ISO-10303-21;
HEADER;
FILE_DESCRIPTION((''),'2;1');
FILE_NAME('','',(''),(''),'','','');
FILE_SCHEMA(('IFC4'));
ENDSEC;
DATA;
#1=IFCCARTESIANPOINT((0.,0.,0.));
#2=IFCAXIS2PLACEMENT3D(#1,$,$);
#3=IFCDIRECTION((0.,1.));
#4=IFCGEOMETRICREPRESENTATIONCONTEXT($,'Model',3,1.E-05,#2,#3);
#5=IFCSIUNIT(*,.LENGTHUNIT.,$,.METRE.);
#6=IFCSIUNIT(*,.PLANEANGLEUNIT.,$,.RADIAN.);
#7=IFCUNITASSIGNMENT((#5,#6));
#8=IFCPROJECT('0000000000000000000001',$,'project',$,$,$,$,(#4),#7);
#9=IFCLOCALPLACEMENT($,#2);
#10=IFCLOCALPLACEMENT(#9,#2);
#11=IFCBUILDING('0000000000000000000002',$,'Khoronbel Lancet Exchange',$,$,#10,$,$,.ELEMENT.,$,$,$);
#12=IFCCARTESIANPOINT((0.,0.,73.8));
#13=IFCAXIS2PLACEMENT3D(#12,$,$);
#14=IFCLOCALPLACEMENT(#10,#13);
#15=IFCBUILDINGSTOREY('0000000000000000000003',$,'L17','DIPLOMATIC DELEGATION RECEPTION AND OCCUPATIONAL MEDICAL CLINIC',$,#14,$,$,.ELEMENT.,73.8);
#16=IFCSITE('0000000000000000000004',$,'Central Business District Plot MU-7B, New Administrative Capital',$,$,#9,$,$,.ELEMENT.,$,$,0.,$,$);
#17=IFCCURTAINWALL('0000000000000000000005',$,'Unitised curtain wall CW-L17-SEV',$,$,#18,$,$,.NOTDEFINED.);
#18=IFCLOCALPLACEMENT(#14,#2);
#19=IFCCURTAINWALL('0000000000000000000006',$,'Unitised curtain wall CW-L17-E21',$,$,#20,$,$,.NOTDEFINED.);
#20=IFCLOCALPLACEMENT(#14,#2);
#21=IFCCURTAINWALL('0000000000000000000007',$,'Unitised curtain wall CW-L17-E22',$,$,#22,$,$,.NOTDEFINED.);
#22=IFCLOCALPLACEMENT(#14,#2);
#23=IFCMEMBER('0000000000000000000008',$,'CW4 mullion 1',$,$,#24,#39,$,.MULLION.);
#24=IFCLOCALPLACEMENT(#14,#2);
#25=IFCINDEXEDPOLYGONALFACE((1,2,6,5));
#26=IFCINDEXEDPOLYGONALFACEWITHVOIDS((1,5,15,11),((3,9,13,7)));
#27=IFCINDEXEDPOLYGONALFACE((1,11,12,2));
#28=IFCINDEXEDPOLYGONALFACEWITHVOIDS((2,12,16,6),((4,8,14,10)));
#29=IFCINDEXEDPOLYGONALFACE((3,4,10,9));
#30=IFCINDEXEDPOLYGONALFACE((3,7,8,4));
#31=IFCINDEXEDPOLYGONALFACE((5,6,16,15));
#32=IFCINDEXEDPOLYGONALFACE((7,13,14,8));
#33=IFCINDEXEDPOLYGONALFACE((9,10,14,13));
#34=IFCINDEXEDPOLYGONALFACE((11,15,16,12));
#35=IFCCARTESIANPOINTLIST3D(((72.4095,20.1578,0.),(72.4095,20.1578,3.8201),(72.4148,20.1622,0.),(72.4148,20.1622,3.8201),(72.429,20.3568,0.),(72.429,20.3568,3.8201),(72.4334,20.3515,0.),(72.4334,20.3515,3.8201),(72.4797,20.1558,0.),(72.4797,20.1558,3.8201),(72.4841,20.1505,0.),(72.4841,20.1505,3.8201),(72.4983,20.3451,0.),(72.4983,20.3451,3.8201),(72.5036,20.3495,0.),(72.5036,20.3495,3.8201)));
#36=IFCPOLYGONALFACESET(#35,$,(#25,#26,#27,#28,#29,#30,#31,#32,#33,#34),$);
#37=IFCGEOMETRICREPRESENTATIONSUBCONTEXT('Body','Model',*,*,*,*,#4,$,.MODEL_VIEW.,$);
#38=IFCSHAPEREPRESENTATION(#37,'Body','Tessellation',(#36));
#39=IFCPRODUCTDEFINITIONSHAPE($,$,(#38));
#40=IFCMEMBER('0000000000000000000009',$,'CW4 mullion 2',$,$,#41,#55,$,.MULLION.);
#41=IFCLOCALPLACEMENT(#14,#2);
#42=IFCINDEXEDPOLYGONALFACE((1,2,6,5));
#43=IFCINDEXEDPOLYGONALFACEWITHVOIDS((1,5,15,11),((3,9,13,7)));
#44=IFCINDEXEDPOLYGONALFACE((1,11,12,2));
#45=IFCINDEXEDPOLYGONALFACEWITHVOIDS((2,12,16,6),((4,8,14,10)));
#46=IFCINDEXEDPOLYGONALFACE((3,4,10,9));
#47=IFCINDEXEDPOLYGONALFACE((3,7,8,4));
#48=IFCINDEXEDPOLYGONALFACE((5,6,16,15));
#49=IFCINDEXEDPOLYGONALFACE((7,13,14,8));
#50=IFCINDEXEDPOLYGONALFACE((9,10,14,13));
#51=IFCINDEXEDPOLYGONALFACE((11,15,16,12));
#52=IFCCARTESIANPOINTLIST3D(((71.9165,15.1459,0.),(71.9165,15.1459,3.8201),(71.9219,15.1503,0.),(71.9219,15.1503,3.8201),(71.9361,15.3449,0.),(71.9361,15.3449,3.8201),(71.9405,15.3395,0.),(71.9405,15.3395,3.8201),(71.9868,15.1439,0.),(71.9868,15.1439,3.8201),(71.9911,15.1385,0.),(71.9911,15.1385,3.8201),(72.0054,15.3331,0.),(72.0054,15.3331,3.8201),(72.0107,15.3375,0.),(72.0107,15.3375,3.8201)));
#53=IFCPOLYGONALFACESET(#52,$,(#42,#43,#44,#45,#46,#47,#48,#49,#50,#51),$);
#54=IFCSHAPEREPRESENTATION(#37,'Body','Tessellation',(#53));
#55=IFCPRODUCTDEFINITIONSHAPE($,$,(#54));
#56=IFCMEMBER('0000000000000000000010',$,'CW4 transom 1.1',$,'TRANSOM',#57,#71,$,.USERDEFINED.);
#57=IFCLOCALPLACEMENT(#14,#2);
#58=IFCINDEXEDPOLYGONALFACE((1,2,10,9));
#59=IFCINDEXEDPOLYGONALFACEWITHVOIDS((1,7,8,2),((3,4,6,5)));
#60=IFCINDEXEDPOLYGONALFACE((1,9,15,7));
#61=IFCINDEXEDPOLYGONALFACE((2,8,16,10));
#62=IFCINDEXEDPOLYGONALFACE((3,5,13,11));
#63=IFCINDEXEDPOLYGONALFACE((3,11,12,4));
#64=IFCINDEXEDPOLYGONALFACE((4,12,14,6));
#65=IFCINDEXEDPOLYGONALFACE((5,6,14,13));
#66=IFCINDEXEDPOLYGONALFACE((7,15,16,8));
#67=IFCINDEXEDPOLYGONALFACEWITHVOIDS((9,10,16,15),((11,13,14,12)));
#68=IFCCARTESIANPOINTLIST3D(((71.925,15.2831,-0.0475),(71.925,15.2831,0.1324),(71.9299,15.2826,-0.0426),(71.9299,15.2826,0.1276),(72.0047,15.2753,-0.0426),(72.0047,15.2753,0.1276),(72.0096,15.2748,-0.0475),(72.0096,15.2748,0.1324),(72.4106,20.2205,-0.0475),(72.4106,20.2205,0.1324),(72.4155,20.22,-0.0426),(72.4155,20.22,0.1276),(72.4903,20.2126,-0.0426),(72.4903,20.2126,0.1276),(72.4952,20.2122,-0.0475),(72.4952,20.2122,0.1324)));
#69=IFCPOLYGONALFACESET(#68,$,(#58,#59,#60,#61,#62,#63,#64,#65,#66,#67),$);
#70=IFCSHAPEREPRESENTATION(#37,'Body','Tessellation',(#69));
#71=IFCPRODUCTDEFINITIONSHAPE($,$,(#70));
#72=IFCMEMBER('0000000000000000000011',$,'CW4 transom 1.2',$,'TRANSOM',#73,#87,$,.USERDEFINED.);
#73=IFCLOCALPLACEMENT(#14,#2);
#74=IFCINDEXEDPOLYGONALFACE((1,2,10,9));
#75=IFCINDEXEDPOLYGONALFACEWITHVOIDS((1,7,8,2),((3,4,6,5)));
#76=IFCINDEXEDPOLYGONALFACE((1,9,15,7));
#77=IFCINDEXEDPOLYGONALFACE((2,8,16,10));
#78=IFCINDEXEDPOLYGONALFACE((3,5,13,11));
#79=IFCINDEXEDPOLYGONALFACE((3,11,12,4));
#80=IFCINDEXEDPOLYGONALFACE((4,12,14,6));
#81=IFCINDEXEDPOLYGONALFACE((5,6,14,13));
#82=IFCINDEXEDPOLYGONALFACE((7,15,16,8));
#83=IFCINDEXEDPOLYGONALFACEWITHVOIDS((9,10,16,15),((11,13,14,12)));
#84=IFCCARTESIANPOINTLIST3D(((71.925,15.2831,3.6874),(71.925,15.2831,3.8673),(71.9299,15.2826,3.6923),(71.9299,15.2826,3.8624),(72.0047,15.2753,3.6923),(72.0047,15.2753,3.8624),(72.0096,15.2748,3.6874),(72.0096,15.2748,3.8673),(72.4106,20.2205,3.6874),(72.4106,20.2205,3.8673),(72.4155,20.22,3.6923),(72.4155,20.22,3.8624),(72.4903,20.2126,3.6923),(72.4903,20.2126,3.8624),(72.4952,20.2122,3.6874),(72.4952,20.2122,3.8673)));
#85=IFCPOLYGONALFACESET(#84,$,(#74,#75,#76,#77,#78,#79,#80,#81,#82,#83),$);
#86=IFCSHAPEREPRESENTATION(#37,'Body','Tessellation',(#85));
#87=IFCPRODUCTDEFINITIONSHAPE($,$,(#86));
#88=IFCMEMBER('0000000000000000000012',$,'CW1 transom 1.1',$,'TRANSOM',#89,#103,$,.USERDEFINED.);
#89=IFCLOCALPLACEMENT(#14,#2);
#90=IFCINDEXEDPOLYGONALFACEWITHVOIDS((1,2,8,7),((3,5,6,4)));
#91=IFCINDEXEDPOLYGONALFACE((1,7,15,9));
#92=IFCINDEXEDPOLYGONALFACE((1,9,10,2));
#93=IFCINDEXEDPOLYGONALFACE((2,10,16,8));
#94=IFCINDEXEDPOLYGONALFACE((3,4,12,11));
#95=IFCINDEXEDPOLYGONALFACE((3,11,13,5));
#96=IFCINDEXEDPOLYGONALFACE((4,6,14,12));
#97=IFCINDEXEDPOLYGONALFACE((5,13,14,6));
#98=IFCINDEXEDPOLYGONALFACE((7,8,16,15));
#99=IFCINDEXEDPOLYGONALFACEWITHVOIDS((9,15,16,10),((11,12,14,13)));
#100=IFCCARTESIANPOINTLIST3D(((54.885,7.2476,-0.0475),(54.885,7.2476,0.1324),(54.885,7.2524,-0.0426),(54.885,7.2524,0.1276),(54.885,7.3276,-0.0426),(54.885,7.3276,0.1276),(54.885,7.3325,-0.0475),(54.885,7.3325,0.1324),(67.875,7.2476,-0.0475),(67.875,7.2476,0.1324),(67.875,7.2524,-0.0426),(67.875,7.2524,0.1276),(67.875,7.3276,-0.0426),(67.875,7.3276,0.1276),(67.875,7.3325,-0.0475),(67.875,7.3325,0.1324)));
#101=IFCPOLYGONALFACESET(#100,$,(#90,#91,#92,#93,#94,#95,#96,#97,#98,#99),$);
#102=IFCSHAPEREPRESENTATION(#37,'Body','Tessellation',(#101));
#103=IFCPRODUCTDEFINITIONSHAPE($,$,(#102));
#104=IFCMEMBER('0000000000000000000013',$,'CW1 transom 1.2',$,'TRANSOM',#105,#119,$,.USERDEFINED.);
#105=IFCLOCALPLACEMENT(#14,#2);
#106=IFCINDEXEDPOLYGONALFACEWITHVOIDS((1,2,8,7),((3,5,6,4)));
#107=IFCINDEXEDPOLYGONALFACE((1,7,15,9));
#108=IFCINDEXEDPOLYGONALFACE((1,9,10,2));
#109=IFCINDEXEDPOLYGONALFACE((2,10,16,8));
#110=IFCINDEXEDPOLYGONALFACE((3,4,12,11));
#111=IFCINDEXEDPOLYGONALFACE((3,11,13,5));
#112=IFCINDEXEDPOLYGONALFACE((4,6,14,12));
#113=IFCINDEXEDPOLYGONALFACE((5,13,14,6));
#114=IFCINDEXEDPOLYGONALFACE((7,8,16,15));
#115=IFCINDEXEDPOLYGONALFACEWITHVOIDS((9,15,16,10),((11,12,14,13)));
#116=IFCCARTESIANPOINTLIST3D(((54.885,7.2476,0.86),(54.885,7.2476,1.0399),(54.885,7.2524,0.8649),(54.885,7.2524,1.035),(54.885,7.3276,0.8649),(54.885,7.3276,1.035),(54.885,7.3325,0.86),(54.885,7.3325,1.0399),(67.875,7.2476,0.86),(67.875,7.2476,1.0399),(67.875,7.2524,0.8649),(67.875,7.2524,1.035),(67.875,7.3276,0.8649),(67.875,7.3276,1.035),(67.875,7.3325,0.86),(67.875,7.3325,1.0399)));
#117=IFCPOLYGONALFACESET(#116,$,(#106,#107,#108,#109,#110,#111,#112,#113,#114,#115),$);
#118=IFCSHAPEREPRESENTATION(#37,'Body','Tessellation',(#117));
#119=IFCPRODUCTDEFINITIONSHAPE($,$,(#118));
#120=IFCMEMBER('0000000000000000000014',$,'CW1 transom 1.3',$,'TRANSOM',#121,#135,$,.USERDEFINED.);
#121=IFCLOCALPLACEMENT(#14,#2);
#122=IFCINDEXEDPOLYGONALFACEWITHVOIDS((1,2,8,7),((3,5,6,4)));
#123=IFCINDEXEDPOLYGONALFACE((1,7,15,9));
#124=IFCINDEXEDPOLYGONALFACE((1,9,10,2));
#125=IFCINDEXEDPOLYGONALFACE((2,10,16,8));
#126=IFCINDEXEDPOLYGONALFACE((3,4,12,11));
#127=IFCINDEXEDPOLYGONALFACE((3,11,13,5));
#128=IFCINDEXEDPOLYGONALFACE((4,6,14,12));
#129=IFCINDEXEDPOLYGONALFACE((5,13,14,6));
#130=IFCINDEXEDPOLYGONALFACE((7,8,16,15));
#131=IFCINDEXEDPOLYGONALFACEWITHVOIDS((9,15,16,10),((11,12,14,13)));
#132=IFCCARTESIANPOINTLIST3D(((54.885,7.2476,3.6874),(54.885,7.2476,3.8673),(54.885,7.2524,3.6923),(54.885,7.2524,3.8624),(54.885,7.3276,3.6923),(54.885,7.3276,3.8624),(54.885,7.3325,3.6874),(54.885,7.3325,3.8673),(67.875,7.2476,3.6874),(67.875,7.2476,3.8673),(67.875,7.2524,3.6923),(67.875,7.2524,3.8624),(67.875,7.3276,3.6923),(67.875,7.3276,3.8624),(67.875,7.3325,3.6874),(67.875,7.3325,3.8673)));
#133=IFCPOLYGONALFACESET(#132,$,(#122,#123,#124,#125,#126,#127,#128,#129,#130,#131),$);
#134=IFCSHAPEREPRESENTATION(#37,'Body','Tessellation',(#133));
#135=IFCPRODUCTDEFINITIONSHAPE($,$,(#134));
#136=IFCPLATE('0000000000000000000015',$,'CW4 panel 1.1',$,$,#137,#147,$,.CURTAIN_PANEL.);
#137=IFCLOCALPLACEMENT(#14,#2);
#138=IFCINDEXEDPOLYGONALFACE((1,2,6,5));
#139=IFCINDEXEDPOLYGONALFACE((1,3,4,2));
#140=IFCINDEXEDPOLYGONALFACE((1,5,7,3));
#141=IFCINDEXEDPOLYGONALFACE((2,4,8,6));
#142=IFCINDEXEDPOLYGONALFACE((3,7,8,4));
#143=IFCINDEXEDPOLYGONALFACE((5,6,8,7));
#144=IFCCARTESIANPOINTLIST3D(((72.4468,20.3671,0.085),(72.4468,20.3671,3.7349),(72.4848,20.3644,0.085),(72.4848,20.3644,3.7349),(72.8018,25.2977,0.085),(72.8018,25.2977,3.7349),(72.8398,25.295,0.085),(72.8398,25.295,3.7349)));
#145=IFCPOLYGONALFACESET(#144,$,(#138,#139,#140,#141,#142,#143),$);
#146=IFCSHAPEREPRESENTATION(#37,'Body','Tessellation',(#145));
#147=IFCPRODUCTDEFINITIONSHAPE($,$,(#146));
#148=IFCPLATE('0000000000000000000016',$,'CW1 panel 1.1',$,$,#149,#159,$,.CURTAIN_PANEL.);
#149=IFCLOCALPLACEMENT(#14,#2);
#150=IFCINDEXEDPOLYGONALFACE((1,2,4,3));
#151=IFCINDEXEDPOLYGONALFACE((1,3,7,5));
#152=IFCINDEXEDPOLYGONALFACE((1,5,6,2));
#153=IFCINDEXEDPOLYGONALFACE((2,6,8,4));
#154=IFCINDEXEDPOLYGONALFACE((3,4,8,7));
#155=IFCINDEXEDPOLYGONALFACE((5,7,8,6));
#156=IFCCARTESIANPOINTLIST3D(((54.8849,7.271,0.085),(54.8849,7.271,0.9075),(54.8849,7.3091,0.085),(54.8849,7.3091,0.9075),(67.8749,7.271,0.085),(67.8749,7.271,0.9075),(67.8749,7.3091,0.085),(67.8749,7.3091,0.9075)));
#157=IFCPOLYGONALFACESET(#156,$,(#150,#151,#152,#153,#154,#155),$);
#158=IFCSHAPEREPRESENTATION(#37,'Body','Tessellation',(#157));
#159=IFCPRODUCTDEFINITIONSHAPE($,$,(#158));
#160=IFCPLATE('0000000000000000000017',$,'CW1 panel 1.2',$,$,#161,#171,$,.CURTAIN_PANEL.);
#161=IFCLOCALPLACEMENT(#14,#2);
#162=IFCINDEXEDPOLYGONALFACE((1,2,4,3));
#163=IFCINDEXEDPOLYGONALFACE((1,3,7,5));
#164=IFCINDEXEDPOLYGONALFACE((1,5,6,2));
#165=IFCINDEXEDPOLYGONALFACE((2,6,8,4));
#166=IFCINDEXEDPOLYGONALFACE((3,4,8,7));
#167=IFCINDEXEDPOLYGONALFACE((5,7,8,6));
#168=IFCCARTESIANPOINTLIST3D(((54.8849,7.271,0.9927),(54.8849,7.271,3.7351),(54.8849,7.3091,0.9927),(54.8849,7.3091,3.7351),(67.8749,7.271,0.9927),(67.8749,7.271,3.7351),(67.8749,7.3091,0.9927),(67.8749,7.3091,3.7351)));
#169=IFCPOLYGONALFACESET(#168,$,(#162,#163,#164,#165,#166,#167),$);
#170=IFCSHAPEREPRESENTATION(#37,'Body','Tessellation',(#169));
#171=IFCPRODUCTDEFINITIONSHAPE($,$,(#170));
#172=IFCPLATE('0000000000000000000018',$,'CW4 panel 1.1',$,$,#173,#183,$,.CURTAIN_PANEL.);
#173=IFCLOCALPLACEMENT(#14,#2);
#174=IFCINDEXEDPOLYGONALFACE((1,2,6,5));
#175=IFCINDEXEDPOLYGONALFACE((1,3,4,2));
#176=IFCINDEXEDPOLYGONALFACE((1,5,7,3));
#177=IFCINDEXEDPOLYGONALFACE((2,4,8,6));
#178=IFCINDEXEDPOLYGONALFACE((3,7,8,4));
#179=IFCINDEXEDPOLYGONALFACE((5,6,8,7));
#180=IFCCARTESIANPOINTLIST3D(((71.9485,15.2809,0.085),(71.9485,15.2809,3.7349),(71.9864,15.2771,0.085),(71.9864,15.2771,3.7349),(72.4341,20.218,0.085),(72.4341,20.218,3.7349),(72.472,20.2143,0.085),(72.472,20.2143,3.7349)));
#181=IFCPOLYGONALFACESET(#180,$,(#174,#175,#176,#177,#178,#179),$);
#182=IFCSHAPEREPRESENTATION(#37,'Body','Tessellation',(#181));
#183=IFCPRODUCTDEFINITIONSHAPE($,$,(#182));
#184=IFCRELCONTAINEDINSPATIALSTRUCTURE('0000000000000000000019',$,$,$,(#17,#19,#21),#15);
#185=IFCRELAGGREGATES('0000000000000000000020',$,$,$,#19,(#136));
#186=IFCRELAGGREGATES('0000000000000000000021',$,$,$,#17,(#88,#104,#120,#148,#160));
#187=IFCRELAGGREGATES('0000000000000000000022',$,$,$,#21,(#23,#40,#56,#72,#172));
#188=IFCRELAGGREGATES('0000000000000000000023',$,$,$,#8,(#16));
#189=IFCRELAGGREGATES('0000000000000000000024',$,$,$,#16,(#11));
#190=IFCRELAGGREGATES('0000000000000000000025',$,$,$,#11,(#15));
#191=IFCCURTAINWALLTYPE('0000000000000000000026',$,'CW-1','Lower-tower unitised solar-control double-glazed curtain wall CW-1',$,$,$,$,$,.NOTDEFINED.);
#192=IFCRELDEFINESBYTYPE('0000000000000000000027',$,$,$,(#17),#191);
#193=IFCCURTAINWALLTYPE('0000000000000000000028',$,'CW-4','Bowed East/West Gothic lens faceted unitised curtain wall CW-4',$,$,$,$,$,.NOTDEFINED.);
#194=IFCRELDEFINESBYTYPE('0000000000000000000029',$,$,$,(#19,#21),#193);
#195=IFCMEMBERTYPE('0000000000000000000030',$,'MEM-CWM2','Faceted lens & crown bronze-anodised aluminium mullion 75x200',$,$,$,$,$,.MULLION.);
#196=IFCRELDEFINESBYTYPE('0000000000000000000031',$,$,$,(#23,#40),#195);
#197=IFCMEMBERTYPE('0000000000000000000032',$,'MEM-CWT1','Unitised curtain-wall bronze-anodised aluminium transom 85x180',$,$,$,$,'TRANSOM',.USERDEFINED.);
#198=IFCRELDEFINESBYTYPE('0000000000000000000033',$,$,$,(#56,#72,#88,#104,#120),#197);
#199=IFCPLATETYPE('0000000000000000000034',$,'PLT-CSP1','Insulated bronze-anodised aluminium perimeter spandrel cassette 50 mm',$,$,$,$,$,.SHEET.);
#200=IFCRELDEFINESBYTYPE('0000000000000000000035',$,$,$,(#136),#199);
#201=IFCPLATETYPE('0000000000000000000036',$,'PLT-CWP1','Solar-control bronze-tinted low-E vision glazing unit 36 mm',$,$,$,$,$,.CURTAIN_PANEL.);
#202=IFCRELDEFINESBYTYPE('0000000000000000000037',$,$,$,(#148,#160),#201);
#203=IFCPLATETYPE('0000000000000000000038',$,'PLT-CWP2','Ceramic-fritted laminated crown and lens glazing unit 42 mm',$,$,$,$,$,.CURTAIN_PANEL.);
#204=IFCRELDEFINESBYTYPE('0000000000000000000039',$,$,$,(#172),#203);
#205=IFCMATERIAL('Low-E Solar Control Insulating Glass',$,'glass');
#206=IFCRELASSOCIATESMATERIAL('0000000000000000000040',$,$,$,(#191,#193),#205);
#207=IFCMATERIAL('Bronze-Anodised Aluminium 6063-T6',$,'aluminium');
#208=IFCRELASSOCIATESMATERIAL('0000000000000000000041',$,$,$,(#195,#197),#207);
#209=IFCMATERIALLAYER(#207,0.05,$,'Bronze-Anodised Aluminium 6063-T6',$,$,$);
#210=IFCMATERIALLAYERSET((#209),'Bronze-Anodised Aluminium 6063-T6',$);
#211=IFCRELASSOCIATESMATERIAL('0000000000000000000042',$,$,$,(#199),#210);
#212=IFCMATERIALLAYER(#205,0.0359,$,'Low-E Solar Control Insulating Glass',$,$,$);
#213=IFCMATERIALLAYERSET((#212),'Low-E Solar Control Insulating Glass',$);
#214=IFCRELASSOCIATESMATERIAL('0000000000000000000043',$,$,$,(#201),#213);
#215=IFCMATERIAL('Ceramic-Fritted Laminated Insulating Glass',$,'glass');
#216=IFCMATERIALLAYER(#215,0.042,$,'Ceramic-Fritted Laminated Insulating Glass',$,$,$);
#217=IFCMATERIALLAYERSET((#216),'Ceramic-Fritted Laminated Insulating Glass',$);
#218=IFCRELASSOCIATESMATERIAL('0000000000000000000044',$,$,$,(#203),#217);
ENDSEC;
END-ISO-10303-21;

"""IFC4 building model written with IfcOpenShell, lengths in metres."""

from ifc_helpers import new_model, si_unit, direction, frame, origin, origin_2d, place, context, subcontext, project, spatial, rectangle, hollow_rectangle, extrude, material, layer, layer_set, material_profile, profile_set, type_object, element, aggregate, save


model = new_model("IFC4")

# Units and contexts
model_context = context("Model", 3, precision=1e-05, world=origin(), true_north=direction((0.0, 1.0)))
body_context = subcontext(model_context, "Body", "Model", "MODEL_VIEW")
ifc_project = project(units=[si_unit("LENGTHUNIT", "METRE"), si_unit("PLANEANGLEUNIT", "RADIAN")], contexts=[model_context])

# Site, building, storey
site_placement = place(None, origin())
site = spatial("IfcSite", under=ifc_project, at=site_placement, Name="Central Business District Plot MU-7B, New Administrative Capital", CompositionType="ELEMENT", RefElevation=0.0)
building_placement = place(site_placement, origin())
building = spatial("IfcBuilding", under=site, at=building_placement, Name="Khoronbel Lancet Exchange", CompositionType="ELEMENT")
storey_placement = place(building_placement, frame((0.0, 0.0, 73.8)))
storey = spatial("IfcBuildingStorey", under=building, at=storey_placement, Name="L17", Description="DIPLOMATIC DELEGATION RECEPTION AND OCCUPATIONAL MEDICAL CLINIC", CompositionType="ELEMENT", Elevation=73.8)

# Curtain wall
ifc_material_1 = material(Name="Low-E Solar Control Insulating Glass", Category="glass")
curtain_wall_type_1 = type_object("IfcCurtainWallType", Name="CW-1", Description="Lower-tower unitised solar-control double-glazed curtain wall CW-1", PredefinedType="NOTDEFINED", material=ifc_material_1)
curtain_wall_1_placement = place(storey_placement, origin())
curtain_wall_1 = element("IfcCurtainWall", 1, at=curtain_wall_1_placement, inside=storey, type_object=curtain_wall_type_1, Name="Unitised curtain wall CW-L17-SEV", PredefinedType="NOTDEFINED")
ifc_material_2 = material(Name="Bronze-Anodised Aluminium 6063-T6", Category="aluminium")

# Curtain wall
curtain_wall_type_2 = type_object("IfcCurtainWallType", Name="CW-4", Description="Bowed East/West Gothic lens faceted unitised curtain wall CW-4", PredefinedType="NOTDEFINED", material=ifc_material_1)
curtain_wall_2_placement = place(storey_placement, origin())
curtain_wall_2 = element("IfcCurtainWall", 2, at=curtain_wall_2_placement, inside=storey, type_object=curtain_wall_type_2, Name="Unitised curtain wall CW-L17-E21", PredefinedType="NOTDEFINED")
ifc_material_profile_1 = material_profile(ifc_material_2, hollow_rectangle(XDim=0.075, YDim=0.2, WallThickness=0.0049, at=origin_2d()), Name="ALU MULLION 75x200")
ifc_profile_set_1 = profile_set([ifc_material_profile_1], Name="Bronze-Anodised Aluminium 6063-T6")
member_type_1 = type_object("IfcMemberType", Name="MEM-CWM2", Description="Faceted lens & crown bronze-anodised aluminium mullion 75x200", PredefinedType="MULLION", material=ifc_profile_set_1)

# Curtain wall, members
curtain_wall_3_placement = place(storey_placement, origin())
curtain_wall_3 = element("IfcCurtainWall", 3, at=curtain_wall_3_placement, inside=storey, type_object=curtain_wall_type_2, Name="Unitised curtain wall CW-L17-E22", PredefinedType="NOTDEFINED")
member_1_placement = place(storey_placement, frame((72.4565, 20.2537, 0.0), z_axis=(0.0, 0.0, 1.0), x_axis=(0.995198, -0.097886, 0.0)))
member_1 = element("IfcMember", 4, at=member_1_placement, type_object=member_type_1, Name="CW4 mullion 1", PredefinedType="MULLION", context=body_context, shape_type="SweptSolid", body=[
    extrude(hollow_rectangle(XDim=0.075, YDim=0.2, WallThickness=0.0049, at=origin_2d()), origin(), (0.0, 0.0, 1.0), 3.8201),
])
member_2_placement = place(storey_placement, frame((71.9636, 15.2417, 0.0), z_axis=(0.0, 0.0, 1.0), x_axis=(0.995198, -0.097886, 0.0)))
member_2 = element("IfcMember", 5, at=member_2_placement, type_object=member_type_1, Name="CW4 mullion 2", PredefinedType="MULLION", context=body_context, shape_type="SweptSolid", body=[
    extrude(hollow_rectangle(XDim=0.075, YDim=0.2, WallThickness=0.0049, at=origin_2d()), origin(), (0.0, 0.0, 1.0), 3.8201),
])
ifc_material_profile_2 = material_profile(ifc_material_2, hollow_rectangle(XDim=0.085, YDim=0.1799, WallThickness=0.0049, at=origin_2d()), Name="ALU TRANSOM 85x180")
ifc_profile_set_2 = profile_set([ifc_material_profile_2], Name="Bronze-Anodised Aluminium 6063-T6")
member_type_2 = type_object("IfcMemberType", Name="MEM-CWT1", Description="Unitised curtain-wall bronze-anodised aluminium transom 85x180", ElementType="TRANSOM", PredefinedType="USERDEFINED", material=ifc_profile_set_2)
member_3_placement = place(storey_placement, frame((72.4529, 20.2163, 0.0425), z_axis=(-0.097881, -0.995198, 0.0), x_axis=(0.995198, -0.097881, 0.0)))
member_3 = element("IfcMember", 6, at=member_3_placement, type_object=member_type_2, Name="CW4 transom 1.1", ObjectType="TRANSOM", PredefinedType="USERDEFINED", context=body_context, shape_type="SweptSolid", body=[
    extrude(hollow_rectangle(XDim=0.085, YDim=0.1799, WallThickness=0.0049, at=origin_2d()), origin(), (0.0, 0.0, 1.0), 4.9612),
])
member_4_placement = place(storey_placement, frame((72.4529, 20.2163, 3.7773), z_axis=(-0.097881, -0.995198, 0.0), x_axis=(0.995198, -0.097881, 0.0)))
member_4 = element("IfcMember", 7, at=member_4_placement, type_object=member_type_2, Name="CW4 transom 1.2", ObjectType="TRANSOM", PredefinedType="USERDEFINED", context=body_context, shape_type="SweptSolid", body=[
    extrude(hollow_rectangle(XDim=0.085, YDim=0.1799, WallThickness=0.0049, at=origin_2d()), origin(), (0.0, 0.0, 1.0), 4.9612),
])

# Members
member_5_placement = place(storey_placement, frame((54.885, 7.29, 0.0425), z_axis=(1.0, 0.0, 0.0), x_axis=(0.0, 1.0, 0.0)))
member_5 = element("IfcMember", 8, at=member_5_placement, type_object=member_type_2, Name="CW1 transom 1.1", ObjectType="TRANSOM", PredefinedType="USERDEFINED", context=body_context, shape_type="SweptSolid", body=[
    extrude(hollow_rectangle(XDim=0.085, YDim=0.1799, WallThickness=0.0049, at=origin_2d()), origin(), (0.0, 0.0, 1.0), 12.99),
])
member_6_placement = place(storey_placement, frame((54.885, 7.29, 0.95), z_axis=(1.0, 0.0, 0.0), x_axis=(0.0, 1.0, 0.0)))
member_6 = element("IfcMember", 9, at=member_6_placement, type_object=member_type_2, Name="CW1 transom 1.2", ObjectType="TRANSOM", PredefinedType="USERDEFINED", context=body_context, shape_type="SweptSolid", body=[
    extrude(hollow_rectangle(XDim=0.085, YDim=0.1799, WallThickness=0.0049, at=origin_2d()), origin(), (0.0, 0.0, 1.0), 12.99),
])
member_7_placement = place(storey_placement, frame((54.885, 7.29, 3.7773), z_axis=(1.0, 0.0, 0.0), x_axis=(0.0, 1.0, 0.0)))
member_7 = element("IfcMember", 10, at=member_7_placement, type_object=member_type_2, Name="CW1 transom 1.3", ObjectType="TRANSOM", PredefinedType="USERDEFINED", context=body_context, shape_type="SweptSolid", body=[
    extrude(hollow_rectangle(XDim=0.085, YDim=0.1799, WallThickness=0.0049, at=origin_2d()), origin(), (0.0, 0.0, 1.0), 12.99),
])

# Plates
ifc_layer_1 = layer(ifc_material_2, 0.05, Name="Bronze-Anodised Aluminium 6063-T6")
ifc_layer_set_1 = layer_set([ifc_layer_1], Name="Bronze-Anodised Aluminium 6063-T6")
plate_type_1 = type_object("IfcPlateType", Name="PLT-CSP1", Description="Insulated bronze-anodised aluminium perimeter spandrel cassette 50 mm", PredefinedType="SHEET", material=ifc_layer_set_1)
plate_1_placement = place(storey_placement, frame((72.6433, 22.8311, 0.085), z_axis=(0.0, 0.0, 1.0), x_axis=(-0.071819, -0.997418, 0.0)))
plate_1 = element("IfcPlate", 11, at=plate_1_placement, type_object=plate_type_1, Name="CW4 panel 1.1", PredefinedType="CURTAIN_PANEL", context=body_context, shape_type="SweptSolid", body=[
    extrude(rectangle(XDim=4.9434, YDim=0.0381, at=origin_2d()), origin(), (0.0, 0.0, 1.0), 3.6499),
])
aggregate(curtain_wall_2, [plate_1])
ifc_layer_2 = layer(ifc_material_1, 0.0359, Name="Low-E Solar Control Insulating Glass")
ifc_layer_set_2 = layer_set([ifc_layer_2], Name="Low-E Solar Control Insulating Glass")
plate_type_2 = type_object("IfcPlateType", Name="PLT-CWP1", Description="Solar-control bronze-tinted low-E vision glazing unit 36 mm", PredefinedType="CURTAIN_PANEL", material=ifc_layer_set_2)
plate_2_placement = place(storey_placement, frame((61.3799, 7.29, 0.085), z_axis=(0.0, 0.0, 1.0), x_axis=(1.0, 0.0, 0.0)))
plate_2 = element("IfcPlate", 12, at=plate_2_placement, type_object=plate_type_2, Name="CW1 panel 1.1", PredefinedType="CURTAIN_PANEL", context=body_context, shape_type="SweptSolid", body=[
    extrude(rectangle(XDim=12.99, YDim=0.0381, at=origin_2d()), origin(), (0.0, 0.0, 1.0), 0.8225),
])
plate_3_placement = place(storey_placement, frame((61.3799, 7.29, 0.9927), z_axis=(0.0, 0.0, 1.0), x_axis=(1.0, 0.0, 0.0)))
plate_3 = element("IfcPlate", 13, at=plate_3_placement, type_object=plate_type_2, Name="CW1 panel 1.2", PredefinedType="CURTAIN_PANEL", context=body_context, shape_type="SweptSolid", body=[
    extrude(rectangle(XDim=12.99, YDim=0.0381, at=origin_2d()), origin(), (0.0, 0.0, 1.0), 2.7424),
])
aggregate(curtain_wall_1, [member_5, member_6, member_7, plate_2, plate_3])
ifc_material_3 = material(Name="Ceramic-Fritted Laminated Insulating Glass", Category="glass")
ifc_layer_3 = layer(ifc_material_3, 0.042, Name="Ceramic-Fritted Laminated Insulating Glass")
ifc_layer_set_3 = layer_set([ifc_layer_3], Name="Ceramic-Fritted Laminated Insulating Glass")
plate_type_3 = type_object("IfcPlateType", Name="PLT-CWP2", Description="Ceramic-fritted laminated crown and lens glazing unit 42 mm", PredefinedType="CURTAIN_PANEL", material=ifc_layer_set_3)
plate_4_placement = place(storey_placement, frame((72.2102, 17.7476, 0.085), z_axis=(0.0, 0.0, 1.0), x_axis=(-0.097886, -0.995198, 0.0)))
plate_4 = element("IfcPlate", 14, at=plate_4_placement, type_object=plate_type_3, Name="CW4 panel 1.1", PredefinedType="CURTAIN_PANEL", context=body_context, shape_type="SweptSolid", body=[
    extrude(rectangle(XDim=4.9609, YDim=0.0381, at=origin_2d()), origin(), (0.0, 0.0, 1.0), 3.6499),
])
aggregate(curtain_wall_3, [member_1, member_2, member_3, member_4, plate_4])

save(model, "model.ifc")
